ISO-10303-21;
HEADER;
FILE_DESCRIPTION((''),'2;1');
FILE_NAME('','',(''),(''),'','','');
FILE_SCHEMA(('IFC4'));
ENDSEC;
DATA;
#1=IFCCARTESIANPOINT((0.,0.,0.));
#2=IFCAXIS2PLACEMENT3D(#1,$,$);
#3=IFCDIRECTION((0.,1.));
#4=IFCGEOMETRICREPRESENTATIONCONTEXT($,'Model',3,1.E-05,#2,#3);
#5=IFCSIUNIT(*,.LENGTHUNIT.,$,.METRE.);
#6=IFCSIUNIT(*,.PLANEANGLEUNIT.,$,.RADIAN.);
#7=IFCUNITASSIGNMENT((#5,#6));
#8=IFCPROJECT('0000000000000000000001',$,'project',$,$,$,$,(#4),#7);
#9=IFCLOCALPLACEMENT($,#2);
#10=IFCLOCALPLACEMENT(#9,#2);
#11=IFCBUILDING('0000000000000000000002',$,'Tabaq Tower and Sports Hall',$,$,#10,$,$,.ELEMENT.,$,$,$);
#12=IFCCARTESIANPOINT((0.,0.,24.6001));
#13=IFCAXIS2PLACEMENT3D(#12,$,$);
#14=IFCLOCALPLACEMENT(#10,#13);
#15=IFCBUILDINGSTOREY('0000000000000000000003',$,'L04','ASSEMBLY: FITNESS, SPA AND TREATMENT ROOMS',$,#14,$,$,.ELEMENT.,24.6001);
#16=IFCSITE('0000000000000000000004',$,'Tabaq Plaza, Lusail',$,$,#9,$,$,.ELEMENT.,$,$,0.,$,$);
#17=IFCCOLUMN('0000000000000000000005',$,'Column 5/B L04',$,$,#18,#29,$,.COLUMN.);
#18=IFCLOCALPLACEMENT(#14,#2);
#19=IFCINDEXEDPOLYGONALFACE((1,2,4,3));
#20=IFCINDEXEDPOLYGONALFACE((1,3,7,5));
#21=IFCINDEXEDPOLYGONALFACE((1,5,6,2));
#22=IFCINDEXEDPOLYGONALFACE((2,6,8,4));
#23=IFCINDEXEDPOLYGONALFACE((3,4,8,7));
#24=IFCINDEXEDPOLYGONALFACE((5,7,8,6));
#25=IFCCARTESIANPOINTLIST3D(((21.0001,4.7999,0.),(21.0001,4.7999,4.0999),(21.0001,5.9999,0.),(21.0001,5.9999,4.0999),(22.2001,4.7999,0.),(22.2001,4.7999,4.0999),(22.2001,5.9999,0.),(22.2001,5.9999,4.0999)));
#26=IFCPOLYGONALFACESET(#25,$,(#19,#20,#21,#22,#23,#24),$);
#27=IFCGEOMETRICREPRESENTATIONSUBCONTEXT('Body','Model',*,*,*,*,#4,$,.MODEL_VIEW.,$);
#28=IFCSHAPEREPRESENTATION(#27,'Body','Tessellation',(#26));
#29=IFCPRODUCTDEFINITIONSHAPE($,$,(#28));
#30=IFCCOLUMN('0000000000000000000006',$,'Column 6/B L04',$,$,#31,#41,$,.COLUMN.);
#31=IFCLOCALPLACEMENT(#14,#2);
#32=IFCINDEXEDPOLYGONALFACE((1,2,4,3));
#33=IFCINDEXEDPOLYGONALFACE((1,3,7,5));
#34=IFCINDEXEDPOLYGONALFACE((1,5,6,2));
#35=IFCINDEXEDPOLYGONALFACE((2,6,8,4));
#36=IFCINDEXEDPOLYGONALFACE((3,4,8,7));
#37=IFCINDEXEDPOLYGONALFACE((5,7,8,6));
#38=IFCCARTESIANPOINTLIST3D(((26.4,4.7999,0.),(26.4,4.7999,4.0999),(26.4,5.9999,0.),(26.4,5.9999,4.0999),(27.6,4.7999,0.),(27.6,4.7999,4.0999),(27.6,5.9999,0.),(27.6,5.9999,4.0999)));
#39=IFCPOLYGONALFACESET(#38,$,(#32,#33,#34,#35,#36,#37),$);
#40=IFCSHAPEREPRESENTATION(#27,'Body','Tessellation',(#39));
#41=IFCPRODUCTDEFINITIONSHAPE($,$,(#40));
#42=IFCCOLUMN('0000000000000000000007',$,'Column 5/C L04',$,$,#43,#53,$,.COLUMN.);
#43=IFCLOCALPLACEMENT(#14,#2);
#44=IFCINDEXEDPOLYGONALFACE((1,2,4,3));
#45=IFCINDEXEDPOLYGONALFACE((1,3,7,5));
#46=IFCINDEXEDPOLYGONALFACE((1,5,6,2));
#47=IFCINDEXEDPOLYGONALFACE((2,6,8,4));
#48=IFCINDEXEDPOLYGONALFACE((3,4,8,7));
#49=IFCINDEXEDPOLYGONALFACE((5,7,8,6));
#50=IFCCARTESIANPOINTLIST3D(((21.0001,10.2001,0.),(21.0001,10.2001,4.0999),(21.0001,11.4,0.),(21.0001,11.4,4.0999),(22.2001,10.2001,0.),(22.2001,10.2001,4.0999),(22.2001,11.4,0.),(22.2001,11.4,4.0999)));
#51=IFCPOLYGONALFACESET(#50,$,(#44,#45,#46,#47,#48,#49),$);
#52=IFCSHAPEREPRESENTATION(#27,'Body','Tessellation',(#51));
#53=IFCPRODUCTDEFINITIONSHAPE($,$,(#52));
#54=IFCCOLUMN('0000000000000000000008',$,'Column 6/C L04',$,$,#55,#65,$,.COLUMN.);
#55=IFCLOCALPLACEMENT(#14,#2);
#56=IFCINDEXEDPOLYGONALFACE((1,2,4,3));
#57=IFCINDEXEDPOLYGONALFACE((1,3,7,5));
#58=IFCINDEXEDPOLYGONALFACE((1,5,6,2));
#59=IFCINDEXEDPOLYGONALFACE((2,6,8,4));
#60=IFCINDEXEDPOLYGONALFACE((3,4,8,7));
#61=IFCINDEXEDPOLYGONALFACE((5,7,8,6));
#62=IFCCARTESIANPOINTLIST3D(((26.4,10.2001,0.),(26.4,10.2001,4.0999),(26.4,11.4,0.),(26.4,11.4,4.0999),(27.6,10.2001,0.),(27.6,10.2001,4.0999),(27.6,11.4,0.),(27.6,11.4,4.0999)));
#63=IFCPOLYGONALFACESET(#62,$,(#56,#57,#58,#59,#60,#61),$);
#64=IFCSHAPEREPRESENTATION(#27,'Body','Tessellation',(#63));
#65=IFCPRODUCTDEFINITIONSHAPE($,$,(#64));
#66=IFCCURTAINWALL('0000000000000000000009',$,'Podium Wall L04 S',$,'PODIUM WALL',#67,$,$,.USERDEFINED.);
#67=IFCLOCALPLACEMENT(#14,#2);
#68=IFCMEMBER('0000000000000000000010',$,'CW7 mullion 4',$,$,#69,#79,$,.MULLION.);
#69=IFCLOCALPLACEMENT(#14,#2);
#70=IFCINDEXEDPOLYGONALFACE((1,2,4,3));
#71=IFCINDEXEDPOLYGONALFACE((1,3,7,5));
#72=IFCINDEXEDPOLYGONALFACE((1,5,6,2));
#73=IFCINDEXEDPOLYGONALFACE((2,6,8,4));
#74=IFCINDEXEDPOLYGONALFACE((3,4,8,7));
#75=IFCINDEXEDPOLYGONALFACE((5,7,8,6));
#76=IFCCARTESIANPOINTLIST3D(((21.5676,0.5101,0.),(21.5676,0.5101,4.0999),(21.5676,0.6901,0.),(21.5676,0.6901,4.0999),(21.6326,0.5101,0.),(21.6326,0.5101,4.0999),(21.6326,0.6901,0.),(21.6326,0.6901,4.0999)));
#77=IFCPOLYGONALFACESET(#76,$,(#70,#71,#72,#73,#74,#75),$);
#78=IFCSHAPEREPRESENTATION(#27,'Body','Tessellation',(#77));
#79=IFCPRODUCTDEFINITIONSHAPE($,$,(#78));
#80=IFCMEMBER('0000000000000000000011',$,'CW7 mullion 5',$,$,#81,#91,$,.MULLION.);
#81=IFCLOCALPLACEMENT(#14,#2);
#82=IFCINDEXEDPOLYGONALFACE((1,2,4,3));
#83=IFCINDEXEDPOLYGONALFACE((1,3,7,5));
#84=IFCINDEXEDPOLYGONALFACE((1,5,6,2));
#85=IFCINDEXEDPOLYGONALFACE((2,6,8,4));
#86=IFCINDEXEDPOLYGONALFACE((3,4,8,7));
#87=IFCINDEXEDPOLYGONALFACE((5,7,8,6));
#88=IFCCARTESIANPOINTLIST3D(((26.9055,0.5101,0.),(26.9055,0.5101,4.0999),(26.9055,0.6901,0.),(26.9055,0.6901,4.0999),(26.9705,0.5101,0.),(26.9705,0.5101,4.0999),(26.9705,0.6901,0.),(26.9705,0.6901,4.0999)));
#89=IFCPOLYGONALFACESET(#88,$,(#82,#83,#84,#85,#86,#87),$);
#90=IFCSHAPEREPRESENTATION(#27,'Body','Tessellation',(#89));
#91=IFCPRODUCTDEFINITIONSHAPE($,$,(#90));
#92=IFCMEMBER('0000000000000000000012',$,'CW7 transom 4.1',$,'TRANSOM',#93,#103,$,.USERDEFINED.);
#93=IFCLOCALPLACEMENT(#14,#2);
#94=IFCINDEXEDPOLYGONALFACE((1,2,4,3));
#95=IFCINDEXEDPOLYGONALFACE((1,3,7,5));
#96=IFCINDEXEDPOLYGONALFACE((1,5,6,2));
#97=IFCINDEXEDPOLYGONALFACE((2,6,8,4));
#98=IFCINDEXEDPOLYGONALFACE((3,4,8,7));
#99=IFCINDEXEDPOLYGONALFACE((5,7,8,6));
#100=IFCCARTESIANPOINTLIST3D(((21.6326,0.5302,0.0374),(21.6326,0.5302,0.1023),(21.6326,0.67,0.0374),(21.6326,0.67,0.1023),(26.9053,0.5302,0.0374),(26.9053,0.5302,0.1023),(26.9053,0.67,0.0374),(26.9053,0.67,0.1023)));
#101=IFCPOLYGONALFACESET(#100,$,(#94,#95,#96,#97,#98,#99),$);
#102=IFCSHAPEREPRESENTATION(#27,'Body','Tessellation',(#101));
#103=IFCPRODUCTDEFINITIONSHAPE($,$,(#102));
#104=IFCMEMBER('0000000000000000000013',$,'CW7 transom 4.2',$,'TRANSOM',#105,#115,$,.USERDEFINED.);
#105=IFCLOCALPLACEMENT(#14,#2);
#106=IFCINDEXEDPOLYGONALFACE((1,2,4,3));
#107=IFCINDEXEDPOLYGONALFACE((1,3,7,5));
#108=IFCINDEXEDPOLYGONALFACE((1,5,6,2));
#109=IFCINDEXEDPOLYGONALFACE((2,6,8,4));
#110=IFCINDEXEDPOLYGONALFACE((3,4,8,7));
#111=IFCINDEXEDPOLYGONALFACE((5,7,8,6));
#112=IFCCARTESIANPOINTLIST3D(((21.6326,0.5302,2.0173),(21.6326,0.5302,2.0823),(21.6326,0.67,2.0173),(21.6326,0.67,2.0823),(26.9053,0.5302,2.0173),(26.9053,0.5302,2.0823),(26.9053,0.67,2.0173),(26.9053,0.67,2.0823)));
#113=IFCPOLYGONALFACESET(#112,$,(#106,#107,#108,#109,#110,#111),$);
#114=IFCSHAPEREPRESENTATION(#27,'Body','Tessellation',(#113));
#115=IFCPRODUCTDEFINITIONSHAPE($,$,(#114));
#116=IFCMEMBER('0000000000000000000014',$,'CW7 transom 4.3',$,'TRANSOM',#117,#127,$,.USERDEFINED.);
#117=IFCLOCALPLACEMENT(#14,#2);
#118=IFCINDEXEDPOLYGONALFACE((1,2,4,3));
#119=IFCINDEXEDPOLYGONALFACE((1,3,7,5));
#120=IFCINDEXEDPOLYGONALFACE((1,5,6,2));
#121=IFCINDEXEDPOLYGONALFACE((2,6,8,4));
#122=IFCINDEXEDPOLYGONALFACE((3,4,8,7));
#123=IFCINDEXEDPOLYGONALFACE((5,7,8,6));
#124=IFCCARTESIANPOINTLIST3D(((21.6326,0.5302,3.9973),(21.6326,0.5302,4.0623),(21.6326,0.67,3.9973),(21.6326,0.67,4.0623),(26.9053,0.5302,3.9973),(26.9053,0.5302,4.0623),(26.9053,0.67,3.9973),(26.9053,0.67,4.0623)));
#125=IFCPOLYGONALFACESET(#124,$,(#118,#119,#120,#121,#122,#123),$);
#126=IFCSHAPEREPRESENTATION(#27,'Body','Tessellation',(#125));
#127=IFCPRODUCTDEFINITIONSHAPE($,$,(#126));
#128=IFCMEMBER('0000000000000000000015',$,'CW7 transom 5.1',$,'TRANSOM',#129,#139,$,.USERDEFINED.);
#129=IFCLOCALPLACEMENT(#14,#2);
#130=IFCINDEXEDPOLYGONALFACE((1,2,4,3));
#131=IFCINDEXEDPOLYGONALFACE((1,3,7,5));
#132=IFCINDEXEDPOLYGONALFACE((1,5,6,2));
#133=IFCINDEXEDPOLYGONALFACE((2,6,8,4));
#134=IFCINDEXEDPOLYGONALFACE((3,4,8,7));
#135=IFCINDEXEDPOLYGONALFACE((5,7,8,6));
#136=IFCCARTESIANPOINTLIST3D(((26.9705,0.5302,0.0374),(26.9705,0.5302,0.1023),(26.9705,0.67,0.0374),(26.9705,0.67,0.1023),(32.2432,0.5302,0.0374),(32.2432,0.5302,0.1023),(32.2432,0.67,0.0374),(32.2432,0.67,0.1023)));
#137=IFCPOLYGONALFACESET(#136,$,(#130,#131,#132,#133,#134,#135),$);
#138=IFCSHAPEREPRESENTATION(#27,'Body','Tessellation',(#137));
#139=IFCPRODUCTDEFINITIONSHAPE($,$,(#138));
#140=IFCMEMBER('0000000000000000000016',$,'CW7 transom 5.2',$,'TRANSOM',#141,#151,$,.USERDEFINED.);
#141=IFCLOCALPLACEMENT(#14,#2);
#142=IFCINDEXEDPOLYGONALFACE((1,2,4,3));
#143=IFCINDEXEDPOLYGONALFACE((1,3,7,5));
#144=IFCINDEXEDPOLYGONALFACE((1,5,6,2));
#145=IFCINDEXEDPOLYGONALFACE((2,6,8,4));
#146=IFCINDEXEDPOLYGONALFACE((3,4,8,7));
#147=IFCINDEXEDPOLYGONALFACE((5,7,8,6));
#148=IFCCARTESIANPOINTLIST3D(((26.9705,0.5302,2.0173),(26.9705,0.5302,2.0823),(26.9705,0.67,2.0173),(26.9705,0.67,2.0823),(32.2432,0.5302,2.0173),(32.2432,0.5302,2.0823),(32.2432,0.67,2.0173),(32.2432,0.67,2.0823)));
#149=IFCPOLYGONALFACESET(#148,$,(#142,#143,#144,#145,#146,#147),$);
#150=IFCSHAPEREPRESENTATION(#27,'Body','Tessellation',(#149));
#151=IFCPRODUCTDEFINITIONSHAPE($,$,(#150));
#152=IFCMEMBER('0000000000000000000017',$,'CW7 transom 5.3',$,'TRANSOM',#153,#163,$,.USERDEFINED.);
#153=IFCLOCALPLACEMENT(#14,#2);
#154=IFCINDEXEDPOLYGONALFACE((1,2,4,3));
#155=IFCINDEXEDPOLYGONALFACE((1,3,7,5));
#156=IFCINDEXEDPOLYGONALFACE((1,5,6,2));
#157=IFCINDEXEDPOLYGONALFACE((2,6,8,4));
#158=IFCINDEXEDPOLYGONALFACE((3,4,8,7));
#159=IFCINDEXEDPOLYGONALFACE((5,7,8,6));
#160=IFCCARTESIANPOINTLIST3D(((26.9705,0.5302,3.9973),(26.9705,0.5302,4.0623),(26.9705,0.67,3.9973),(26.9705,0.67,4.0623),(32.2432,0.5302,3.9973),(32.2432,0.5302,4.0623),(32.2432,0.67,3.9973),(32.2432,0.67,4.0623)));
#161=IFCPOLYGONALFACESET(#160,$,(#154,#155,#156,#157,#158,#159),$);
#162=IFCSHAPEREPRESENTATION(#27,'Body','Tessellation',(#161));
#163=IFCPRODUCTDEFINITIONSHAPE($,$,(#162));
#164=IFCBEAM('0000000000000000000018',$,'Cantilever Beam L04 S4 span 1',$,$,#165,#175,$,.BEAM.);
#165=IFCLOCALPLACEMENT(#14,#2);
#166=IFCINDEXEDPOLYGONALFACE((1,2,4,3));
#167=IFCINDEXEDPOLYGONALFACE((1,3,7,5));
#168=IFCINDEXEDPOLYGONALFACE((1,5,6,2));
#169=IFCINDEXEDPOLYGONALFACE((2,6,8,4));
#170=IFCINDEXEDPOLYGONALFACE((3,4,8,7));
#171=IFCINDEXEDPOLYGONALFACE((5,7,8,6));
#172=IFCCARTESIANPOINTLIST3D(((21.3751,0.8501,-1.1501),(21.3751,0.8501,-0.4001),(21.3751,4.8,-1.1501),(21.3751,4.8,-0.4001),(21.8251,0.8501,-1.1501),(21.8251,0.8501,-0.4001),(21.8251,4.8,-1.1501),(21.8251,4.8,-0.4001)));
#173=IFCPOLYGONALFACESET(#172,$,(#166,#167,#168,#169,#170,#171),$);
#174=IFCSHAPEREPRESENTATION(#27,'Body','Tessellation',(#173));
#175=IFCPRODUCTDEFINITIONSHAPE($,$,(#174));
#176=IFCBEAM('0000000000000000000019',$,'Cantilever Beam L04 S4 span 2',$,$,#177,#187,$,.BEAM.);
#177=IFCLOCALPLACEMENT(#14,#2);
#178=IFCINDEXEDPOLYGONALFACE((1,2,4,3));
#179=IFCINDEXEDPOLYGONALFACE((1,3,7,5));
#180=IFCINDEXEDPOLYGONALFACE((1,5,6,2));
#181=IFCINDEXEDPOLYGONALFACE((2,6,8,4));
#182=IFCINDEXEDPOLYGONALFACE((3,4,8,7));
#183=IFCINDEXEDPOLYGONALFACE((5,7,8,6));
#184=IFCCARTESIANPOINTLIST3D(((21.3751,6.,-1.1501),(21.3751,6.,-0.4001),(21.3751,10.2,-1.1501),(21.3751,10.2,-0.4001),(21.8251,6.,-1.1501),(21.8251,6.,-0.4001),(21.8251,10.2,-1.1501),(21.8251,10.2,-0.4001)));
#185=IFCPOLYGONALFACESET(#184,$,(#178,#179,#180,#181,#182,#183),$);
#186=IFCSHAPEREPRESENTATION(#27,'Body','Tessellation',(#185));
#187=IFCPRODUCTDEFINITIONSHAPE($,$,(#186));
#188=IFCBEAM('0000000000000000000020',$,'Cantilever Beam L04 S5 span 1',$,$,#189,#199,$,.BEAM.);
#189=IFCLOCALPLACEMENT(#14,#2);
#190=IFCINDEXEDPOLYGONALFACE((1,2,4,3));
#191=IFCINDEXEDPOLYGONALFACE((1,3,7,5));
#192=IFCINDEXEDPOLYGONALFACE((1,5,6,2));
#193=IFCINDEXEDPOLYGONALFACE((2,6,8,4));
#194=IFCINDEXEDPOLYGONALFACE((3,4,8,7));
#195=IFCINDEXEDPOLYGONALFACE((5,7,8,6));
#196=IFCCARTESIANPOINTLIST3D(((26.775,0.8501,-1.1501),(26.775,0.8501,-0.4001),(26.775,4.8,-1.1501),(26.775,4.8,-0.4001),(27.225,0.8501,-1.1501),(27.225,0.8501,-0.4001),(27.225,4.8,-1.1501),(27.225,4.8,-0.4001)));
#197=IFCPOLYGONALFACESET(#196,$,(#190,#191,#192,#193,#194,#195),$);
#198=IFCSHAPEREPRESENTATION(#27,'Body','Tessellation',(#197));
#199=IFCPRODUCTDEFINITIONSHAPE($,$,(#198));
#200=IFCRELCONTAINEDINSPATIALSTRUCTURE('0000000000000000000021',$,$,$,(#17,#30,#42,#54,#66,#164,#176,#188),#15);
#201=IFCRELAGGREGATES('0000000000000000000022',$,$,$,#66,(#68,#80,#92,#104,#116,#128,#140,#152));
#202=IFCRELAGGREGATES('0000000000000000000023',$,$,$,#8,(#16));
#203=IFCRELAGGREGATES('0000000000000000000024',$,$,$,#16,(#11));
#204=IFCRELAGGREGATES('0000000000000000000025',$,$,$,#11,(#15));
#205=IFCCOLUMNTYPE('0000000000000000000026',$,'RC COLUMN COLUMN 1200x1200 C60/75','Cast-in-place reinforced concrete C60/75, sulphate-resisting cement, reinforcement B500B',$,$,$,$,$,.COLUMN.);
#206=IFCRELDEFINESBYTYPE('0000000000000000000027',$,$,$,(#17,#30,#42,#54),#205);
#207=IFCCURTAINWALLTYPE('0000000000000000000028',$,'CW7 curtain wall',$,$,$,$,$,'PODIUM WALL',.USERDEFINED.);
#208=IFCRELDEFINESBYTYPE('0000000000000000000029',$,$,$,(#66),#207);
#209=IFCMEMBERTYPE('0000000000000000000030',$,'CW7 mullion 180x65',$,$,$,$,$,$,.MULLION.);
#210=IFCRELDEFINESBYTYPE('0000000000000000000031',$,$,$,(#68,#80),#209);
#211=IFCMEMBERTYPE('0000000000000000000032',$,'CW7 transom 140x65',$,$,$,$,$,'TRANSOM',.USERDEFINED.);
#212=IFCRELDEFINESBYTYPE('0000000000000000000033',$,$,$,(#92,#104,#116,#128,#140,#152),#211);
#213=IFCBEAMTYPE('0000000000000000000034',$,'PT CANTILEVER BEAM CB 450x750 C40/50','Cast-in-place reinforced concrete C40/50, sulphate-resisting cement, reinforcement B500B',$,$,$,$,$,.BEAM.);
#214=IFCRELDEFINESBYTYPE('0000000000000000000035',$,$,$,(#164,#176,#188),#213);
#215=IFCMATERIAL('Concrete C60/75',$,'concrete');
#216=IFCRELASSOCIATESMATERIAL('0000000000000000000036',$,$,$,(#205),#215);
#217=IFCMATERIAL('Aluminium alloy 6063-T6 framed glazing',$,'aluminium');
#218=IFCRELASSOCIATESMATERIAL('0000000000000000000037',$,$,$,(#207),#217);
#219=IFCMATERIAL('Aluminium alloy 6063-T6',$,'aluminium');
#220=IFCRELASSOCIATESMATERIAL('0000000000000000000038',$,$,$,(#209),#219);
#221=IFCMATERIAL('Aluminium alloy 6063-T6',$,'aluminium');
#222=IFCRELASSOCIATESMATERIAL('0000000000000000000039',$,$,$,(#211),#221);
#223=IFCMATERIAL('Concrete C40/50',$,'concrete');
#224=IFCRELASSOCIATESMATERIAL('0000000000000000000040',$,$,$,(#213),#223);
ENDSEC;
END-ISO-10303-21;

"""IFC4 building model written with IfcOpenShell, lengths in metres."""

from ifc_helpers import new_model, si_unit, direction, frame, origin, origin_2d, place, context, subcontext, project, spatial, rectangle, extrude, material, material_profile, profile_set, type_object, element, aggregate, save


model = new_model("IFC4")

# Units and contexts
model_context = context("Model", 3, precision=1e-05, world=origin(), true_north=direction((0.0, 1.0)))
body_context = subcontext(model_context, "Body", "Model", "MODEL_VIEW")
ifc_project = project(units=[si_unit("LENGTHUNIT", "METRE"), si_unit("PLANEANGLEUNIT", "RADIAN")], contexts=[model_context])

# Site, building, storey
site_placement = place(None, origin())
site = spatial("IfcSite", under=ifc_project, at=site_placement, Name="Tabaq Plaza, Lusail", CompositionType="ELEMENT", RefElevation=0.0)
building_placement = place(site_placement, origin())
building = spatial("IfcBuilding", under=site, at=building_placement, Name="Tabaq Tower and Sports Hall", CompositionType="ELEMENT")
storey_placement = place(building_placement, frame((0.0, 0.0, 24.6001)))
storey = spatial("IfcBuildingStorey", under=building, at=storey_placement, Name="L04", Description="ASSEMBLY: FITNESS, SPA AND TREATMENT ROOMS", CompositionType="ELEMENT", Elevation=24.6001)

# Columns
ifc_material_1 = material(Name="Concrete C60/75", Category="concrete")
ifc_material_profile_1 = material_profile(ifc_material_1, rectangle(XDim=1.2, YDim=1.2, at=origin_2d()), Name="COLUMN 1200x1200")
ifc_profile_set_1 = profile_set([ifc_material_profile_1], Name="Concrete C60/75")
column_type = type_object("IfcColumnType", Name="RC COLUMN COLUMN 1200x1200 C60/75", Description="Cast-in-place reinforced concrete C60/75, sulphate-resisting cement, reinforcement B500B", PredefinedType="COLUMN", material=ifc_profile_set_1)
for number, where, z_axis, x_axis, name in (
    (1, (21.6001, 5.3999, 0.0), (0.0, 0.0, 1.0), (1.0, 0.0, 0.0), "Column 5/B L04"),
    (2, (27.0, 5.3999, 0.0), (0.0, 0.0, 1.0), (1.0, 0.0, 0.0), "Column 6/B L04"),
    (3, (21.6001, 10.8, 0.0), (0.0, 0.0, 1.0), (1.0, 0.0, 0.0), "Column 5/C L04"),
    (4, (27.0, 10.8, 0.0), (0.0, 0.0, 1.0), (1.0, 0.0, 0.0), "Column 6/C L04"),
):
    element("IfcColumn", number, at=place(storey_placement, frame(where, z_axis=z_axis, x_axis=x_axis)), inside=storey, type_object=column_type, Name=name, PredefinedType="COLUMN", context=body_context, shape_type="SweptSolid", body=[
        extrude(rectangle(XDim=1.2, YDim=1.2, at=origin_2d()), origin(), (0.0, 0.0, 1.0), 4.0999),
    ])

# Curtain wall, members
ifc_material_2 = material(Name="Aluminium alloy 6063-T6 framed glazing", Category="aluminium")
curtain_wall_type = type_object("IfcCurtainWallType", Name="CW7 curtain wall", ElementType="PODIUM WALL", PredefinedType="USERDEFINED", material=ifc_material_2)
curtain_wall_placement = place(storey_placement, origin())
curtain_wall = element("IfcCurtainWall", 5, at=curtain_wall_placement, inside=storey, type_object=curtain_wall_type, Name="Podium Wall L04 S", ObjectType="PODIUM WALL", PredefinedType="USERDEFINED")
ifc_material_3 = material(Name="Aluminium alloy 6063-T6", Category="aluminium")
ifc_material_profile_2 = material_profile(ifc_material_3, rectangle(XDim=0.1799, YDim=0.0649, at=origin_2d()), Name="MULLION 180x65")
ifc_profile_set_2 = profile_set([ifc_material_profile_2], Name="Aluminium alloy 6063-T6")
member_type_1 = type_object("IfcMemberType", Name="CW7 mullion 180x65", PredefinedType="MULLION", material=ifc_profile_set_2)
member_1_placement = place(storey_placement, frame((21.6001, 0.6001, 0.0), z_axis=(0.0, 0.0, 1.0), x_axis=(0.0, 1.0, 0.0)))
member_1 = element("IfcMember", 6, at=member_1_placement, type_object=member_type_1, Name="CW7 mullion 4", PredefinedType="MULLION", context=body_context, shape_type="SweptSolid", body=[
    extrude(rectangle(XDim=0.1799, YDim=0.0649, at=origin_2d()), origin(), (0.0, 0.0, 1.0), 4.0999),
])
member_2_placement = place(storey_placement, frame((26.938, 0.6001, 0.0), z_axis=(0.0, 0.0, 1.0), x_axis=(0.0, 1.0, 0.0)))
member_2 = element("IfcMember", 7, at=member_2_placement, type_object=member_type_1, Name="CW7 mullion 5", PredefinedType="MULLION", context=body_context, shape_type="SweptSolid", body=[
    extrude(rectangle(XDim=0.1799, YDim=0.0649, at=origin_2d()), origin(), (0.0, 0.0, 1.0), 4.0999),
])
ifc_material_4 = material(Name="Aluminium alloy 6063-T6", Category="aluminium")
ifc_material_profile_3 = material_profile(ifc_material_4, rectangle(XDim=0.1399, YDim=0.0649, at=origin_2d()), Name="TRANSOM 140x65")
ifc_profile_set_3 = profile_set([ifc_material_profile_3], Name="Aluminium alloy 6063-T6")
member_type_2 = type_object("IfcMemberType", Name="CW7 transom 140x65", ElementType="TRANSOM", PredefinedType="USERDEFINED", material=ifc_profile_set_3)
member_3_placement = place(storey_placement, frame((21.6326, 0.6001, 0.0698), z_axis=(1.0, 0.0, 0.0), x_axis=(0.0, 1.0, 0.0)))
member_3 = element("IfcMember", 8, at=member_3_placement, type_object=member_type_2, Name="CW7 transom 4.1", ObjectType="TRANSOM", PredefinedType="USERDEFINED", context=body_context, shape_type="SweptSolid", body=[
    extrude(rectangle(XDim=0.1399, YDim=0.0649, at=origin_2d()), origin(), (0.0, 0.0, 1.0), 5.2727),
])
member_4_placement = place(storey_placement, frame((21.6326, 0.6001, 2.0498), z_axis=(1.0, 0.0, 0.0), x_axis=(0.0, 1.0, 0.0)))
member_4 = element("IfcMember", 9, at=member_4_placement, type_object=member_type_2, Name="CW7 transom 4.2", ObjectType="TRANSOM", PredefinedType="USERDEFINED", context=body_context, shape_type="SweptSolid", body=[
    extrude(rectangle(XDim=0.1399, YDim=0.0649, at=origin_2d()), origin(), (0.0, 0.0, 1.0), 5.2727),
])
member_5_placement = place(storey_placement, frame((21.6326, 0.6001, 4.0298), z_axis=(1.0, 0.0, 0.0), x_axis=(0.0, 1.0, 0.0)))
member_5 = element("IfcMember", 10, at=member_5_placement, type_object=member_type_2, Name="CW7 transom 4.3", ObjectType="TRANSOM", PredefinedType="USERDEFINED", context=body_context, shape_type="SweptSolid", body=[
    extrude(rectangle(XDim=0.1399, YDim=0.0649, at=origin_2d()), origin(), (0.0, 0.0, 1.0), 5.2727),
])
member_6_placement = place(storey_placement, frame((26.9705, 0.6001, 0.0698), z_axis=(1.0, 0.0, 0.0), x_axis=(0.0, 1.0, 0.0)))
member_6 = element("IfcMember", 11, at=member_6_placement, type_object=member_type_2, Name="CW7 transom 5.1", ObjectType="TRANSOM", PredefinedType="USERDEFINED", context=body_context, shape_type="SweptSolid", body=[
    extrude(rectangle(XDim=0.1399, YDim=0.0649, at=origin_2d()), origin(), (0.0, 0.0, 1.0), 5.2727),
])
member_7_placement = place(storey_placement, frame((26.9705, 0.6001, 2.0498), z_axis=(1.0, 0.0, 0.0), x_axis=(0.0, 1.0, 0.0)))
member_7 = element("IfcMember", 12, at=member_7_placement, type_object=member_type_2, Name="CW7 transom 5.2", ObjectType="TRANSOM", PredefinedType="USERDEFINED", context=body_context, shape_type="SweptSolid", body=[
    extrude(rectangle(XDim=0.1399, YDim=0.0649, at=origin_2d()), origin(), (0.0, 0.0, 1.0), 5.2727),
])
member_8_placement = place(storey_placement, frame((26.9705, 0.6001, 4.0298), z_axis=(1.0, 0.0, 0.0), x_axis=(0.0, 1.0, 0.0)))
member_8 = element("IfcMember", 13, at=member_8_placement, type_object=member_type_2, Name="CW7 transom 5.3", ObjectType="TRANSOM", PredefinedType="USERDEFINED", context=body_context, shape_type="SweptSolid", body=[
    extrude(rectangle(XDim=0.1399, YDim=0.0649, at=origin_2d()), origin(), (0.0, 0.0, 1.0), 5.2727),
])

# Beams
ifc_material_5 = material(Name="Concrete C40/50", Category="concrete")
ifc_material_profile_4 = material_profile(ifc_material_5, rectangle(XDim=0.45, YDim=0.75, at=origin_2d()), Name="CB 450x750")
ifc_profile_set_4 = profile_set([ifc_material_profile_4], Name="Concrete C40/50")
beam_type = type_object("IfcBeamType", Name="PT CANTILEVER BEAM CB 450x750 C40/50", Description="Cast-in-place reinforced concrete C40/50, sulphate-resisting cement, reinforcement B500B", PredefinedType="BEAM", material=ifc_profile_set_4)
beam_1_placement = place(storey_placement, frame((21.6001, 0.8501, -0.7751), z_axis=(0.0, 1.0, 0.0), x_axis=(-1.0, 0.0, 0.0)))
element("IfcBeam", 14, at=beam_1_placement, inside=storey, type_object=beam_type, Name="Cantilever Beam L04 S4 span 1", PredefinedType="BEAM", context=body_context, shape_type="SweptSolid", body=[
    extrude(rectangle(XDim=0.45, YDim=0.75, at=origin_2d()), origin(), (0.0, 0.0, 1.0), 3.95),
])
beam_2_placement = place(storey_placement, frame((21.6001, 6.0, -0.7751), z_axis=(0.0, 1.0, 0.0), x_axis=(-1.0, 0.0, 0.0)))
element("IfcBeam", 15, at=beam_2_placement, inside=storey, type_object=beam_type, Name="Cantilever Beam L04 S4 span 2", PredefinedType="BEAM", context=body_context, shape_type="SweptSolid", body=[
    extrude(rectangle(XDim=0.45, YDim=0.75, at=origin_2d()), origin(), (0.0, 0.0, 1.0), 4.2),
])
beam_3_placement = place(storey_placement, frame((27.0, 0.8501, -0.7751), z_axis=(0.0, 1.0, 0.0), x_axis=(-1.0, 0.0, 0.0)))
element("IfcBeam", 16, at=beam_3_placement, inside=storey, type_object=beam_type, Name="Cantilever Beam L04 S5 span 1", PredefinedType="BEAM", context=body_context, shape_type="SweptSolid", body=[
    extrude(rectangle(XDim=0.45, YDim=0.75, at=origin_2d()), origin(), (0.0, 0.0, 1.0), 3.95),
])

aggregate(curtain_wall, [member_1, member_2, member_3, member_4, member_5, member_6, member_7, member_8])

save(model, "model.ifc")
